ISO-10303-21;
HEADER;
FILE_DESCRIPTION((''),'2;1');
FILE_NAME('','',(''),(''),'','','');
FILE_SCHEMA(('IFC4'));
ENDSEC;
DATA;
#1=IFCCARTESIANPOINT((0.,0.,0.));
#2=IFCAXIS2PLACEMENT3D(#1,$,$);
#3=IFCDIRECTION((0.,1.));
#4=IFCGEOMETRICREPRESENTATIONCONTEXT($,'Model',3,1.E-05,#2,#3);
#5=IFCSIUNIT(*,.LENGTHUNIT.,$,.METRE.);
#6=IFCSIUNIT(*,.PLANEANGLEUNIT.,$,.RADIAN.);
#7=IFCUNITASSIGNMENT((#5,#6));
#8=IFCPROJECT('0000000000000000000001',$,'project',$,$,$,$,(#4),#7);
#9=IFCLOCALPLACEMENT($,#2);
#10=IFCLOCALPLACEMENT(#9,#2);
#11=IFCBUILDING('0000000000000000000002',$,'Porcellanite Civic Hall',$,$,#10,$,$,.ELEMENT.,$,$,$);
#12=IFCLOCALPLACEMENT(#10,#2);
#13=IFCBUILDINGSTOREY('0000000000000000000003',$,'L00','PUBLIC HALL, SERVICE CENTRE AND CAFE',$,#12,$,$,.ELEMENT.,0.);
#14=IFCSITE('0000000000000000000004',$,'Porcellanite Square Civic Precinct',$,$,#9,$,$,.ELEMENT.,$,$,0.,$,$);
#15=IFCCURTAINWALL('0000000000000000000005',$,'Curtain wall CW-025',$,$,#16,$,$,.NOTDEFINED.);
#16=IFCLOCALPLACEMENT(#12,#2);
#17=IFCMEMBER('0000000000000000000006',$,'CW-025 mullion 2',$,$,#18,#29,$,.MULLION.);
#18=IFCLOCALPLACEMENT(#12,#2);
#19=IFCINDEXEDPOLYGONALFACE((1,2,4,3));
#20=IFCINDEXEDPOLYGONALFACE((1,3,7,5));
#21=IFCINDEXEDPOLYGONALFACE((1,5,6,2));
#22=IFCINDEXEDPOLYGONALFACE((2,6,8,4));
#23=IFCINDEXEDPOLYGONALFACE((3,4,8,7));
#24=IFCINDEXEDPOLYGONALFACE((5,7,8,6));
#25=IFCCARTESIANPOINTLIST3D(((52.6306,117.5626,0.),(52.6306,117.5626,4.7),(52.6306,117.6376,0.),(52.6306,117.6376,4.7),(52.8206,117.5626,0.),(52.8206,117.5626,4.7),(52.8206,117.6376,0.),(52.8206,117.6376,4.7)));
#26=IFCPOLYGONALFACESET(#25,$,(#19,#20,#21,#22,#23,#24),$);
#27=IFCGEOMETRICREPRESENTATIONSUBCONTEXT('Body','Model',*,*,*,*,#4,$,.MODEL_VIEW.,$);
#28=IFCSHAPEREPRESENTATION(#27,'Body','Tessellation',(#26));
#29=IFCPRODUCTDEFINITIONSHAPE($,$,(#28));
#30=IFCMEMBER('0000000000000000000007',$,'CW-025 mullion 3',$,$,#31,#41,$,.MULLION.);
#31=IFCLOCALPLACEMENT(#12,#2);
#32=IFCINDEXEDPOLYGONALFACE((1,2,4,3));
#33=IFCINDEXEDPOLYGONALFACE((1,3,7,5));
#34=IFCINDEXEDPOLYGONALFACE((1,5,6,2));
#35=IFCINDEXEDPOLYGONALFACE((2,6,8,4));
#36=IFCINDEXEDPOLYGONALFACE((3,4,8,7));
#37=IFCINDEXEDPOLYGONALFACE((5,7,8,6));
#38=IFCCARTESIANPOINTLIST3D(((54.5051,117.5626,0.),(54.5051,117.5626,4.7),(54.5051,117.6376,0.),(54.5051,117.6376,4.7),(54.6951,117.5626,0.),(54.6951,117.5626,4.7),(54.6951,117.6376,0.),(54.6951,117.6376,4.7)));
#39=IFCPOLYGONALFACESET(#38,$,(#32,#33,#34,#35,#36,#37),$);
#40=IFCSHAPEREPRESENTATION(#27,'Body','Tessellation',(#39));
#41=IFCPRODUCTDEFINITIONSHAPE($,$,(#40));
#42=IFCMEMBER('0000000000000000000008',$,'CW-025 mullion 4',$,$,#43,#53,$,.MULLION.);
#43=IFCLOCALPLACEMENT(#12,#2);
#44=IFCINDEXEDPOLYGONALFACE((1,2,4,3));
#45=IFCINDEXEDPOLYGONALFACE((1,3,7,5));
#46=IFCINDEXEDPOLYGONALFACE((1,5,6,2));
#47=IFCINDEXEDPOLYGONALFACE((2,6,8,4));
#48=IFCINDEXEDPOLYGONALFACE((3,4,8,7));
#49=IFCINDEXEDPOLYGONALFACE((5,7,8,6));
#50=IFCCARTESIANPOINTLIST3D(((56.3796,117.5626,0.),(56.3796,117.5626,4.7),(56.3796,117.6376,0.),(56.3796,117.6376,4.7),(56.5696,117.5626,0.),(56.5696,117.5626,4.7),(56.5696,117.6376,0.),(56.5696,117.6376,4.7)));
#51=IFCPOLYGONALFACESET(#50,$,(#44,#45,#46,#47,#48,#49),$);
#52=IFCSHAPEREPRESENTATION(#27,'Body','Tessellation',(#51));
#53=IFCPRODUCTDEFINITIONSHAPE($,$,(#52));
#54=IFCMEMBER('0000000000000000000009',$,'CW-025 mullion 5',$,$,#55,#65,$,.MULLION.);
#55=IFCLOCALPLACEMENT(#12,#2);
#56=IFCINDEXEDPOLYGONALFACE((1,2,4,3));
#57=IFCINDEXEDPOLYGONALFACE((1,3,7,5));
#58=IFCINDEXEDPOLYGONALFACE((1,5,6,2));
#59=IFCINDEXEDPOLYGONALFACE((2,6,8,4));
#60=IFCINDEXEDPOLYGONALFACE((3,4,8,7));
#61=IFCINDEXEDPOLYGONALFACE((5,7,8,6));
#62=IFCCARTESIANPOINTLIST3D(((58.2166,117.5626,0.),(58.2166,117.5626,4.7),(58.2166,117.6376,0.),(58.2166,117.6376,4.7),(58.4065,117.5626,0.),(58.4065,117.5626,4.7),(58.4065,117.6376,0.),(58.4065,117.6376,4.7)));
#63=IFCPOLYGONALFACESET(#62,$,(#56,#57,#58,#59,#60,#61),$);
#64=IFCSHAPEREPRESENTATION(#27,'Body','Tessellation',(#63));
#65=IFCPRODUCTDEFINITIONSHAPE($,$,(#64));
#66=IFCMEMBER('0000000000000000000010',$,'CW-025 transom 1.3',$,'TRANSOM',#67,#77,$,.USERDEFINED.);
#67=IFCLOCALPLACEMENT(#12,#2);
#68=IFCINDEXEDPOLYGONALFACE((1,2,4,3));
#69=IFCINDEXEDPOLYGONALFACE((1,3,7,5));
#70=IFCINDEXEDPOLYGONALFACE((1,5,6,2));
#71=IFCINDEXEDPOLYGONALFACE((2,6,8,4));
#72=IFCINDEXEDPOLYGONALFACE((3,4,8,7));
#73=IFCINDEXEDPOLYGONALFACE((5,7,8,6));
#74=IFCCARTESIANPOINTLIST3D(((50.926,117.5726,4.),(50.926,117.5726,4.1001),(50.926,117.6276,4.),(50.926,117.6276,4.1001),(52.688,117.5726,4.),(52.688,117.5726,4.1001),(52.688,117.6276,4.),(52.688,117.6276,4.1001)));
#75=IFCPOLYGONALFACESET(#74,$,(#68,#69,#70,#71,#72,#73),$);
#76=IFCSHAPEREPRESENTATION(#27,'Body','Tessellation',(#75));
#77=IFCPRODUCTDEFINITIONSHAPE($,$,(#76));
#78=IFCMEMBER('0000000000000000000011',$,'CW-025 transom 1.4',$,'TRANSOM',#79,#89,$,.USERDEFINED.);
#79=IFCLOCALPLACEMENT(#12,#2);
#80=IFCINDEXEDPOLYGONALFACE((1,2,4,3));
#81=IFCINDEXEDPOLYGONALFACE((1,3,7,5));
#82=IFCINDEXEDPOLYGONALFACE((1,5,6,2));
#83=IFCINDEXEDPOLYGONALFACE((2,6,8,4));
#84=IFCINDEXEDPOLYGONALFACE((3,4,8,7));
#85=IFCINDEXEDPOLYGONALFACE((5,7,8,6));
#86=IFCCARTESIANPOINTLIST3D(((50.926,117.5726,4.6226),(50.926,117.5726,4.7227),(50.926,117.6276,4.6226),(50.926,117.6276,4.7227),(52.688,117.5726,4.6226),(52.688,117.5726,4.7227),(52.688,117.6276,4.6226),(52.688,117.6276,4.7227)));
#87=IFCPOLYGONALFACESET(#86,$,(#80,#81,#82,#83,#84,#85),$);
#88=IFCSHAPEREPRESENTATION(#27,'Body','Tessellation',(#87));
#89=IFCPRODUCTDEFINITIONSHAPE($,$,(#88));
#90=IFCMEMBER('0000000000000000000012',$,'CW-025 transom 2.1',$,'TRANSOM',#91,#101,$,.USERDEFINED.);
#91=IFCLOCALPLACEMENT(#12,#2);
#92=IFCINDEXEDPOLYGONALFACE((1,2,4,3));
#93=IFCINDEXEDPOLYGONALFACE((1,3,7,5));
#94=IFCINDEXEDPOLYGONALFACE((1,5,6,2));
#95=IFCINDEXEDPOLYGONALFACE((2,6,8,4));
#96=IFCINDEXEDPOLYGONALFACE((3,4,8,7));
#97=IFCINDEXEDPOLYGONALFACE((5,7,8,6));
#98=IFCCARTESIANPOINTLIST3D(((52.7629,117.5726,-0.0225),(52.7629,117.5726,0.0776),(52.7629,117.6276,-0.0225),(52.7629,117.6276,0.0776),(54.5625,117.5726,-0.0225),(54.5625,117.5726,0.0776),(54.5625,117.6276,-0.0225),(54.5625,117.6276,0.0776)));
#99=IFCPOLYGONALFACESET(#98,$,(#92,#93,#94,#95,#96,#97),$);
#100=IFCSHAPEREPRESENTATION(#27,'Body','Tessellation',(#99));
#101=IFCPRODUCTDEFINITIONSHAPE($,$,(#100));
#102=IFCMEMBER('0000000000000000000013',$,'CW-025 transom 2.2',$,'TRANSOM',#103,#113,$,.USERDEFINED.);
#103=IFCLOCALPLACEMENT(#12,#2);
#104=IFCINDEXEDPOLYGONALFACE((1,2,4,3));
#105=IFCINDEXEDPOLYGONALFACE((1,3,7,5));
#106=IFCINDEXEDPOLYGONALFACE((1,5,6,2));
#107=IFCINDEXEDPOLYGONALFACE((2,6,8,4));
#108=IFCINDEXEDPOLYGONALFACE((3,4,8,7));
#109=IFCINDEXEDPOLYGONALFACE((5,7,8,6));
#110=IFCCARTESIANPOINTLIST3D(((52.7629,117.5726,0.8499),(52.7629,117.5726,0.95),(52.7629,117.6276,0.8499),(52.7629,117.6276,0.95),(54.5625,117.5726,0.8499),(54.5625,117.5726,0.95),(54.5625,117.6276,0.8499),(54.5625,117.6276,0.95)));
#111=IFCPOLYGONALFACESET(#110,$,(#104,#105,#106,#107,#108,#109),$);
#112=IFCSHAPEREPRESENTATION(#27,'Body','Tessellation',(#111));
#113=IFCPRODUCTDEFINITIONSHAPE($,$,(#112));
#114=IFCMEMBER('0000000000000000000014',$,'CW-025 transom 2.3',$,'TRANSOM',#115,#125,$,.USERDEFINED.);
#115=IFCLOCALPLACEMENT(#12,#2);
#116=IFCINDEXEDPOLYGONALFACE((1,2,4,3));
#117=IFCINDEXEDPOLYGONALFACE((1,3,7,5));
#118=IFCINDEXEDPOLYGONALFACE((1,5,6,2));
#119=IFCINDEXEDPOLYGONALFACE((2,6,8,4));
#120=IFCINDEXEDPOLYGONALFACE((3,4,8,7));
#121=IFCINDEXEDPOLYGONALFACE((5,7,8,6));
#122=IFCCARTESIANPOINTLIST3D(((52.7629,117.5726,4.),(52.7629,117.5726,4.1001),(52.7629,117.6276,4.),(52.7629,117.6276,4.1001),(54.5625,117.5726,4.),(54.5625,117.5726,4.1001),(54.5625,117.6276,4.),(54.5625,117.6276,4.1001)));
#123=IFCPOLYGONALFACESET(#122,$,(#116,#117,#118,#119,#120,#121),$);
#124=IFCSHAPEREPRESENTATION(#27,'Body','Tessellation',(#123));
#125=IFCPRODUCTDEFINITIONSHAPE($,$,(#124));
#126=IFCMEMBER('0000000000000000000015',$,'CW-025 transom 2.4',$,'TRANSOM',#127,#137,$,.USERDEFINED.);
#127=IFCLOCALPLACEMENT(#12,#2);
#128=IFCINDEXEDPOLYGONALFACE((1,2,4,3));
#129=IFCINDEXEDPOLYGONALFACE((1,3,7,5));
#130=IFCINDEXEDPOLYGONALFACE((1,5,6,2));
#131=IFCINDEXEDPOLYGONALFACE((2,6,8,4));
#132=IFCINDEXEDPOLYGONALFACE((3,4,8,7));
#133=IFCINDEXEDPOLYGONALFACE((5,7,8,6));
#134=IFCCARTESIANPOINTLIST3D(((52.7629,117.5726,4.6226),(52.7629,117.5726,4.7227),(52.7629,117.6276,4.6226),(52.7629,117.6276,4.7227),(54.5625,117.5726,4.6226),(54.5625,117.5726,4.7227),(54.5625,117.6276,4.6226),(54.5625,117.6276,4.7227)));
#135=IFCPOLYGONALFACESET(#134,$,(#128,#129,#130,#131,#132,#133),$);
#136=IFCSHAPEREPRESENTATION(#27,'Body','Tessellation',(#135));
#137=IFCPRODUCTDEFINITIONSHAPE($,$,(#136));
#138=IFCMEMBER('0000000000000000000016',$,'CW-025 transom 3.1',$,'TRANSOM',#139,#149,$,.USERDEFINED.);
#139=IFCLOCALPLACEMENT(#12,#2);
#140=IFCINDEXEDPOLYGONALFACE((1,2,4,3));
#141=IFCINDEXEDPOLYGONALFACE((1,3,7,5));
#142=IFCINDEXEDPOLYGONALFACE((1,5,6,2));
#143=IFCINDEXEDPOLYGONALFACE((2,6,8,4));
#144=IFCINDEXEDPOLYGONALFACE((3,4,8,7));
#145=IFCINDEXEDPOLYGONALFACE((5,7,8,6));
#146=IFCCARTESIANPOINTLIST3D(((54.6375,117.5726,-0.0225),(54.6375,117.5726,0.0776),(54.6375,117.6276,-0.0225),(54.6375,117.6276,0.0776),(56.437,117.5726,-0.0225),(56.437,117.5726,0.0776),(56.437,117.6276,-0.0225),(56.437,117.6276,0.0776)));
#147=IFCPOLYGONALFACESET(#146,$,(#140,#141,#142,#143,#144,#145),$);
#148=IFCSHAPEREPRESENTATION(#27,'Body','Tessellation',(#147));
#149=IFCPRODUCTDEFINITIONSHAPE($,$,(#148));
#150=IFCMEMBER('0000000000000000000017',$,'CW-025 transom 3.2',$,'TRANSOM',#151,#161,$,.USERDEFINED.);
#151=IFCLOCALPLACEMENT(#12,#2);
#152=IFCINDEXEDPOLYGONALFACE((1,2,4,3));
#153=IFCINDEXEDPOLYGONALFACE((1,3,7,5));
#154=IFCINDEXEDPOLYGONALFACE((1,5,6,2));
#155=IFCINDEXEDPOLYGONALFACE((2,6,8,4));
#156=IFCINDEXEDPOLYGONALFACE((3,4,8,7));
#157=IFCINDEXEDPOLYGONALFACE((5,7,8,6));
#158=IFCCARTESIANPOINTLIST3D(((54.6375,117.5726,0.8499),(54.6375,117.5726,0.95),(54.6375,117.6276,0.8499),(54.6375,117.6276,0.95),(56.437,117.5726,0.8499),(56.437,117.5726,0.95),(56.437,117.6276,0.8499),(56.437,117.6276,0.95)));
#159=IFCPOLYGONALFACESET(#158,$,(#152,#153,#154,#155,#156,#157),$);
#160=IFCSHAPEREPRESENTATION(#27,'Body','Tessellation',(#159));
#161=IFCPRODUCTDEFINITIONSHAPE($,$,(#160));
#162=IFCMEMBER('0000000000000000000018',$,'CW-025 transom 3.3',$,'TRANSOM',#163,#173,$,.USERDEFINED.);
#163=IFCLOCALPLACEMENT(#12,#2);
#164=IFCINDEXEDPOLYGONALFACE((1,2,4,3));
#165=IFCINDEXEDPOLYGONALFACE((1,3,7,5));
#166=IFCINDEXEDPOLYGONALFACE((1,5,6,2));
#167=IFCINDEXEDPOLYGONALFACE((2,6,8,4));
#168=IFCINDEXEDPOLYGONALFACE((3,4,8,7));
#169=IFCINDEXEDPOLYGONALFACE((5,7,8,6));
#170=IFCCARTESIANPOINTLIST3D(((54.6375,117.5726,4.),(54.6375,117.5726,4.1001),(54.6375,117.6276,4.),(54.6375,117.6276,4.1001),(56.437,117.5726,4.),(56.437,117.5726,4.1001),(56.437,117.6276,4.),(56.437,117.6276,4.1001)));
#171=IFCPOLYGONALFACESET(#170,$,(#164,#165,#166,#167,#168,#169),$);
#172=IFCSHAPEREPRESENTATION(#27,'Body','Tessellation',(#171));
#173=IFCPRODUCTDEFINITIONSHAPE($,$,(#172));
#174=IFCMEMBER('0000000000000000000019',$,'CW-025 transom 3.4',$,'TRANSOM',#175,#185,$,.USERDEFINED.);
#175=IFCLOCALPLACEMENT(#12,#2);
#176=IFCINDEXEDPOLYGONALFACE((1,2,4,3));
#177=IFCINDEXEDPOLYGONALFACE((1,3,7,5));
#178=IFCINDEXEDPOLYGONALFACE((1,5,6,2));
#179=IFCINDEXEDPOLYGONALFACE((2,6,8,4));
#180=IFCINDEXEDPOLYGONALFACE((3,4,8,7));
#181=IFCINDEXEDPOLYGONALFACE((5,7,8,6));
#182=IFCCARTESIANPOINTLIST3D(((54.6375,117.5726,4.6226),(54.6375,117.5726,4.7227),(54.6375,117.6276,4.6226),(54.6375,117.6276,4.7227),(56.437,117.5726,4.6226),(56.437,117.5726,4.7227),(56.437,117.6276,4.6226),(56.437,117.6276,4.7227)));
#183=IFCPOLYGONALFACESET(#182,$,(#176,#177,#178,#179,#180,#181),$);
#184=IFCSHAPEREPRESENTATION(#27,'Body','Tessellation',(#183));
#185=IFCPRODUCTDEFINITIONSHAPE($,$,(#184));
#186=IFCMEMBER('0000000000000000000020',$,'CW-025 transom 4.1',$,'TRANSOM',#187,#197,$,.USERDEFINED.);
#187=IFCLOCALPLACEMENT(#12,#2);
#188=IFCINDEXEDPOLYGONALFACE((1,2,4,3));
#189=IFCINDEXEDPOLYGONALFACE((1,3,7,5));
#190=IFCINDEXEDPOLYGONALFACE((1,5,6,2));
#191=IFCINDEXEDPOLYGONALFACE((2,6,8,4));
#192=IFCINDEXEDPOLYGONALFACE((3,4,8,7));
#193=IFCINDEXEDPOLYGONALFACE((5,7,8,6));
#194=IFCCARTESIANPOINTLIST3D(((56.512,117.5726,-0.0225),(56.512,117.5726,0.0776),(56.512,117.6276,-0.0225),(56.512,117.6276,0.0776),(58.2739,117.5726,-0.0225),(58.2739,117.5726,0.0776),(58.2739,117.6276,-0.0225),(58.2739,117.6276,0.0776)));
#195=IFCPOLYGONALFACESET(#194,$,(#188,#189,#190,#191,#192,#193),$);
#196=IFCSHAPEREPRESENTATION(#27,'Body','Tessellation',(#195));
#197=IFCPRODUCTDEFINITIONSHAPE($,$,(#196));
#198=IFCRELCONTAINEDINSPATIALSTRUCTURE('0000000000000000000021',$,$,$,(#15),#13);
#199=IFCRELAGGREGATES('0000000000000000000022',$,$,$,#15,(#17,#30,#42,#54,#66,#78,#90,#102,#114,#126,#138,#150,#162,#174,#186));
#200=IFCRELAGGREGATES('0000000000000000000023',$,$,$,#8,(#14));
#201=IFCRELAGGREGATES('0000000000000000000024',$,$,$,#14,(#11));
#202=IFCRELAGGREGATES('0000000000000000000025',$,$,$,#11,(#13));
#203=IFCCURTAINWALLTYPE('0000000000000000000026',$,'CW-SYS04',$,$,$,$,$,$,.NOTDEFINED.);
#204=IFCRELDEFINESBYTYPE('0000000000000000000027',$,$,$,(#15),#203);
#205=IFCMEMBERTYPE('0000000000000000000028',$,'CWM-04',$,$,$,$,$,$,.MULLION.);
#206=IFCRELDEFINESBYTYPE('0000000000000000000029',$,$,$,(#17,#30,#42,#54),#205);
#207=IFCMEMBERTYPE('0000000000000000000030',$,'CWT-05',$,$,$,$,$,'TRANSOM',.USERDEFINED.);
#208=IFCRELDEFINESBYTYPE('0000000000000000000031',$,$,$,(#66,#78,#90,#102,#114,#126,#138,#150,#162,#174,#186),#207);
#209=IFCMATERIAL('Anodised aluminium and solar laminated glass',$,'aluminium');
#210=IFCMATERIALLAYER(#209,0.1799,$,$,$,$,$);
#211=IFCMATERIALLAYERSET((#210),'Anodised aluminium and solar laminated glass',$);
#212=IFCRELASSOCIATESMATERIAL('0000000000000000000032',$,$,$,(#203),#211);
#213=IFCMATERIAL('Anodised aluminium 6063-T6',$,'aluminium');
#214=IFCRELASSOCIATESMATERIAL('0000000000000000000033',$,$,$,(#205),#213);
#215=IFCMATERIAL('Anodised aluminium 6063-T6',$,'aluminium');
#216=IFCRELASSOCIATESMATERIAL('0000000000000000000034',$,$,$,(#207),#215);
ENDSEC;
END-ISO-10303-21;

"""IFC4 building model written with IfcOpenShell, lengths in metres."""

from ifc_helpers import new_model, si_unit, direction, frame, origin, origin_2d, place, context, subcontext, project, spatial, rectangle, extrude, material, layer, layer_set, material_profile, profile_set, type_object, element, aggregate, save


model = new_model("IFC4")

# Units and contexts
model_context = context("Model", 3, precision=1e-05, world=origin(), true_north=direction((0.0, 1.0)))
body_context = subcontext(model_context, "Body", "Model", "MODEL_VIEW")
ifc_project = project(units=[si_unit("LENGTHUNIT", "METRE"), si_unit("PLANEANGLEUNIT", "RADIAN")], contexts=[model_context])

# Site, building, storey
site_placement = place(None, origin())
site = spatial("IfcSite", under=ifc_project, at=site_placement, Name="Porcellanite Square Civic Precinct", CompositionType="ELEMENT", RefElevation=0.0)
building_placement = place(site_placement, origin())
building = spatial("IfcBuilding", under=site, at=building_placement, Name="Porcellanite Civic Hall", CompositionType="ELEMENT")
storey_placement = place(building_placement, origin())
storey = spatial("IfcBuildingStorey", under=building, at=storey_placement, Name="L00", Description="PUBLIC HALL, SERVICE CENTRE AND CAFE", CompositionType="ELEMENT", Elevation=0.0)

# Curtain wall, members
ifc_material_1 = material(Name="Anodised aluminium and solar laminated glass", Category="aluminium")
ifc_layer_1 = layer(ifc_material_1, 0.1799)
ifc_layer_set_1 = layer_set([ifc_layer_1], Name="Anodised aluminium and solar laminated glass")
curtain_wall_type = type_object("IfcCurtainWallType", Name="CW-SYS04", PredefinedType="NOTDEFINED", material=ifc_layer_set_1)
curtain_wall_placement = place(storey_placement, origin())
curtain_wall = element("IfcCurtainWall", 1, at=curtain_wall_placement, inside=storey, type_object=curtain_wall_type, Name="Curtain wall CW-025", PredefinedType="NOTDEFINED")
ifc_material_2 = material(Name="Anodised aluminium 6063-T6", Category="aluminium")
ifc_material_profile_1 = material_profile(ifc_material_2, rectangle(XDim=0.075, YDim=0.1899, at=origin_2d()), Name="AL-75x190")
ifc_profile_set_1 = profile_set([ifc_material_profile_1], Name="Anodised aluminium 6063-T6")
member_type_1 = type_object("IfcMemberType", Name="CWM-04", PredefinedType="MULLION", material=ifc_profile_set_1)
member_1_placement = place(storey_placement, frame((52.7256, 117.6001, 0.0), z_axis=(0.0, 0.0, 1.0), x_axis=(0.0, 1.0, 0.0)))
member_1 = element("IfcMember", 2, at=member_1_placement, type_object=member_type_1, Name="CW-025 mullion 2", PredefinedType="MULLION", context=body_context, shape_type="SweptSolid", body=[
    extrude(rectangle(XDim=0.075, YDim=0.1899, at=origin_2d()), origin(), (0.0, 0.0, 1.0), 4.7),
])
member_2_placement = place(storey_placement, frame((54.6001, 117.6001, 0.0), z_axis=(0.0, 0.0, 1.0), x_axis=(0.0, 1.0, 0.0)))
member_2 = element("IfcMember", 3, at=member_2_placement, type_object=member_type_1, Name="CW-025 mullion 3", PredefinedType="MULLION", context=body_context, shape_type="SweptSolid", body=[
    extrude(rectangle(XDim=0.075, YDim=0.1899, at=origin_2d()), origin(), (0.0, 0.0, 1.0), 4.7),
])
member_3_placement = place(storey_placement, frame((56.4746, 117.6001, 0.0), z_axis=(0.0, 0.0, 1.0), x_axis=(0.0, 1.0, 0.0)))
member_3 = element("IfcMember", 4, at=member_3_placement, type_object=member_type_1, Name="CW-025 mullion 4", PredefinedType="MULLION", context=body_context, shape_type="SweptSolid", body=[
    extrude(rectangle(XDim=0.075, YDim=0.1899, at=origin_2d()), origin(), (0.0, 0.0, 1.0), 4.7),
])
member_4_placement = place(storey_placement, frame((58.3115, 117.6001, 0.0), z_axis=(0.0, 0.0, 1.0), x_axis=(0.0, 1.0, 0.0)))
member_4 = element("IfcMember", 5, at=member_4_placement, type_object=member_type_1, Name="CW-025 mullion 5", PredefinedType="MULLION", context=body_context, shape_type="SweptSolid", body=[
    extrude(rectangle(XDim=0.075, YDim=0.1899, at=origin_2d()), origin(), (0.0, 0.0, 1.0), 4.7),
])
ifc_material_3 = material(Name="Anodised aluminium 6063-T6", Category="aluminium")
ifc_material_profile_2 = material_profile(ifc_material_3, rectangle(XDim=0.0549, YDim=0.1001, at=origin_2d()), Name="AL-55x100")
ifc_profile_set_2 = profile_set([ifc_material_profile_2], Name="Anodised aluminium 6063-T6")
member_type_2 = type_object("IfcMemberType", Name="CWT-05", ElementType="TRANSOM", PredefinedType="USERDEFINED", material=ifc_profile_set_2)
member_5_placement = place(storey_placement, frame((50.926, 117.6001, 4.05), z_axis=(1.0, 0.0, 0.0), x_axis=(0.0, 1.0, 0.0)))
member_5 = element("IfcMember", 6, at=member_5_placement, type_object=member_type_2, Name="CW-025 transom 1.3", ObjectType="TRANSOM", PredefinedType="USERDEFINED", context=body_context, shape_type="SweptSolid", body=[
    extrude(rectangle(XDim=0.0549, YDim=0.1001, at=origin_2d()), origin(), (0.0, 0.0, 1.0), 1.762),
])
member_6_placement = place(storey_placement, frame((50.926, 117.6001, 4.6726), z_axis=(1.0, 0.0, 0.0), x_axis=(0.0, 1.0, 0.0)))
member_6 = element("IfcMember", 7, at=member_6_placement, type_object=member_type_2, Name="CW-025 transom 1.4", ObjectType="TRANSOM", PredefinedType="USERDEFINED", context=body_context, shape_type="SweptSolid", body=[
    extrude(rectangle(XDim=0.0549, YDim=0.1001, at=origin_2d()), origin(), (0.0, 0.0, 1.0), 1.762),
])
member_7_placement = place(storey_placement, frame((52.7629, 117.6001, 0.0276), z_axis=(1.0, 0.0, 0.0), x_axis=(0.0, 1.0, 0.0)))
member_7 = element("IfcMember", 8, at=member_7_placement, type_object=member_type_2, Name="CW-025 transom 2.1", ObjectType="TRANSOM", PredefinedType="USERDEFINED", context=body_context, shape_type="SweptSolid", body=[
    extrude(rectangle(XDim=0.0549, YDim=0.1001, at=origin_2d()), origin(), (0.0, 0.0, 1.0), 1.7996),
])
member_8_placement = place(storey_placement, frame((52.7629, 117.6001, 0.8999), z_axis=(1.0, 0.0, 0.0), x_axis=(0.0, 1.0, 0.0)))
member_8 = element("IfcMember", 9, at=member_8_placement, type_object=member_type_2, Name="CW-025 transom 2.2", ObjectType="TRANSOM", PredefinedType="USERDEFINED", context=body_context, shape_type="SweptSolid", body=[
    extrude(rectangle(XDim=0.0549, YDim=0.1001, at=origin_2d()), origin(), (0.0, 0.0, 1.0), 1.7996),
])
member_9_placement = place(storey_placement, frame((52.7629, 117.6001, 4.05), z_axis=(1.0, 0.0, 0.0), x_axis=(0.0, 1.0, 0.0)))
member_9 = element("IfcMember", 10, at=member_9_placement, type_object=member_type_2, Name="CW-025 transom 2.3", ObjectType="TRANSOM", PredefinedType="USERDEFINED", context=body_context, shape_type="SweptSolid", body=[
    extrude(rectangle(XDim=0.0549, YDim=0.1001, at=origin_2d()), origin(), (0.0, 0.0, 1.0), 1.7996),
])
member_10_placement = place(storey_placement, frame((52.7629, 117.6001, 4.6726), z_axis=(1.0, 0.0, 0.0), x_axis=(0.0, 1.0, 0.0)))
member_10 = element("IfcMember", 11, at=member_10_placement, type_object=member_type_2, Name="CW-025 transom 2.4", ObjectType="TRANSOM", PredefinedType="USERDEFINED", context=body_context, shape_type="SweptSolid", body=[
    extrude(rectangle(XDim=0.0549, YDim=0.1001, at=origin_2d()), origin(), (0.0, 0.0, 1.0), 1.7996),
])
member_11_placement = place(storey_placement, frame((54.6375, 117.6001, 0.0276), z_axis=(1.0, 0.0, 0.0), x_axis=(0.0, 1.0, 0.0)))
member_11 = element("IfcMember", 12, at=member_11_placement, type_object=member_type_2, Name="CW-025 transom 3.1", ObjectType="TRANSOM", PredefinedType="USERDEFINED", context=body_context, shape_type="SweptSolid", body=[
    extrude(rectangle(XDim=0.0549, YDim=0.1001, at=origin_2d()), origin(), (0.0, 0.0, 1.0), 1.7996),
])
member_12_placement = place(storey_placement, frame((54.6375, 117.6001, 0.8999), z_axis=(1.0, 0.0, 0.0), x_axis=(0.0, 1.0, 0.0)))
member_12 = element("IfcMember", 13, at=member_12_placement, type_object=member_type_2, Name="CW-025 transom 3.2", ObjectType="TRANSOM", PredefinedType="USERDEFINED", context=body_context, shape_type="SweptSolid", body=[
    extrude(rectangle(XDim=0.0549, YDim=0.1001, at=origin_2d()), origin(), (0.0, 0.0, 1.0), 1.7996),
])
member_13_placement = place(storey_placement, frame((54.6375, 117.6001, 4.05), z_axis=(1.0, 0.0, 0.0), x_axis=(0.0, 1.0, 0.0)))
member_13 = element("IfcMember", 14, at=member_13_placement, type_object=member_type_2, Name="CW-025 transom 3.3", ObjectType="TRANSOM", PredefinedType="USERDEFINED", context=body_context, shape_type="SweptSolid", body=[
    extrude(rectangle(XDim=0.0549, YDim=0.1001, at=origin_2d()), origin(), (0.0, 0.0, 1.0), 1.7996),
])
member_14_placement = place(storey_placement, frame((54.6375, 117.6001, 4.6726), z_axis=(1.0, 0.0, 0.0), x_axis=(0.0, 1.0, 0.0)))
member_14 = element("IfcMember", 15, at=member_14_placement, type_object=member_type_2, Name="CW-025 transom 3.4", ObjectType="TRANSOM", PredefinedType="USERDEFINED", context=body_context, shape_type="SweptSolid", body=[
    extrude(rectangle(XDim=0.0549, YDim=0.1001, at=origin_2d()), origin(), (0.0, 0.0, 1.0), 1.7996),
])
member_15_placement = place(storey_placement, frame((56.512, 117.6001, 0.0276), z_axis=(1.0, 0.0, 0.0), x_axis=(0.0, 1.0, 0.0)))
member_15 = element("IfcMember", 16, at=member_15_placement, type_object=member_type_2, Name="CW-025 transom 4.1", ObjectType="TRANSOM", PredefinedType="USERDEFINED", context=body_context, shape_type="SweptSolid", body=[
    extrude(rectangle(XDim=0.0549, YDim=0.1001, at=origin_2d()), origin(), (0.0, 0.0, 1.0), 1.762),
])

aggregate(curtain_wall, [member_1, member_2, member_3, member_4, member_5, member_6, member_7, member_8, member_9, member_10, member_11, member_12, member_13, member_14, member_15])

save(model, "model.ifc")
